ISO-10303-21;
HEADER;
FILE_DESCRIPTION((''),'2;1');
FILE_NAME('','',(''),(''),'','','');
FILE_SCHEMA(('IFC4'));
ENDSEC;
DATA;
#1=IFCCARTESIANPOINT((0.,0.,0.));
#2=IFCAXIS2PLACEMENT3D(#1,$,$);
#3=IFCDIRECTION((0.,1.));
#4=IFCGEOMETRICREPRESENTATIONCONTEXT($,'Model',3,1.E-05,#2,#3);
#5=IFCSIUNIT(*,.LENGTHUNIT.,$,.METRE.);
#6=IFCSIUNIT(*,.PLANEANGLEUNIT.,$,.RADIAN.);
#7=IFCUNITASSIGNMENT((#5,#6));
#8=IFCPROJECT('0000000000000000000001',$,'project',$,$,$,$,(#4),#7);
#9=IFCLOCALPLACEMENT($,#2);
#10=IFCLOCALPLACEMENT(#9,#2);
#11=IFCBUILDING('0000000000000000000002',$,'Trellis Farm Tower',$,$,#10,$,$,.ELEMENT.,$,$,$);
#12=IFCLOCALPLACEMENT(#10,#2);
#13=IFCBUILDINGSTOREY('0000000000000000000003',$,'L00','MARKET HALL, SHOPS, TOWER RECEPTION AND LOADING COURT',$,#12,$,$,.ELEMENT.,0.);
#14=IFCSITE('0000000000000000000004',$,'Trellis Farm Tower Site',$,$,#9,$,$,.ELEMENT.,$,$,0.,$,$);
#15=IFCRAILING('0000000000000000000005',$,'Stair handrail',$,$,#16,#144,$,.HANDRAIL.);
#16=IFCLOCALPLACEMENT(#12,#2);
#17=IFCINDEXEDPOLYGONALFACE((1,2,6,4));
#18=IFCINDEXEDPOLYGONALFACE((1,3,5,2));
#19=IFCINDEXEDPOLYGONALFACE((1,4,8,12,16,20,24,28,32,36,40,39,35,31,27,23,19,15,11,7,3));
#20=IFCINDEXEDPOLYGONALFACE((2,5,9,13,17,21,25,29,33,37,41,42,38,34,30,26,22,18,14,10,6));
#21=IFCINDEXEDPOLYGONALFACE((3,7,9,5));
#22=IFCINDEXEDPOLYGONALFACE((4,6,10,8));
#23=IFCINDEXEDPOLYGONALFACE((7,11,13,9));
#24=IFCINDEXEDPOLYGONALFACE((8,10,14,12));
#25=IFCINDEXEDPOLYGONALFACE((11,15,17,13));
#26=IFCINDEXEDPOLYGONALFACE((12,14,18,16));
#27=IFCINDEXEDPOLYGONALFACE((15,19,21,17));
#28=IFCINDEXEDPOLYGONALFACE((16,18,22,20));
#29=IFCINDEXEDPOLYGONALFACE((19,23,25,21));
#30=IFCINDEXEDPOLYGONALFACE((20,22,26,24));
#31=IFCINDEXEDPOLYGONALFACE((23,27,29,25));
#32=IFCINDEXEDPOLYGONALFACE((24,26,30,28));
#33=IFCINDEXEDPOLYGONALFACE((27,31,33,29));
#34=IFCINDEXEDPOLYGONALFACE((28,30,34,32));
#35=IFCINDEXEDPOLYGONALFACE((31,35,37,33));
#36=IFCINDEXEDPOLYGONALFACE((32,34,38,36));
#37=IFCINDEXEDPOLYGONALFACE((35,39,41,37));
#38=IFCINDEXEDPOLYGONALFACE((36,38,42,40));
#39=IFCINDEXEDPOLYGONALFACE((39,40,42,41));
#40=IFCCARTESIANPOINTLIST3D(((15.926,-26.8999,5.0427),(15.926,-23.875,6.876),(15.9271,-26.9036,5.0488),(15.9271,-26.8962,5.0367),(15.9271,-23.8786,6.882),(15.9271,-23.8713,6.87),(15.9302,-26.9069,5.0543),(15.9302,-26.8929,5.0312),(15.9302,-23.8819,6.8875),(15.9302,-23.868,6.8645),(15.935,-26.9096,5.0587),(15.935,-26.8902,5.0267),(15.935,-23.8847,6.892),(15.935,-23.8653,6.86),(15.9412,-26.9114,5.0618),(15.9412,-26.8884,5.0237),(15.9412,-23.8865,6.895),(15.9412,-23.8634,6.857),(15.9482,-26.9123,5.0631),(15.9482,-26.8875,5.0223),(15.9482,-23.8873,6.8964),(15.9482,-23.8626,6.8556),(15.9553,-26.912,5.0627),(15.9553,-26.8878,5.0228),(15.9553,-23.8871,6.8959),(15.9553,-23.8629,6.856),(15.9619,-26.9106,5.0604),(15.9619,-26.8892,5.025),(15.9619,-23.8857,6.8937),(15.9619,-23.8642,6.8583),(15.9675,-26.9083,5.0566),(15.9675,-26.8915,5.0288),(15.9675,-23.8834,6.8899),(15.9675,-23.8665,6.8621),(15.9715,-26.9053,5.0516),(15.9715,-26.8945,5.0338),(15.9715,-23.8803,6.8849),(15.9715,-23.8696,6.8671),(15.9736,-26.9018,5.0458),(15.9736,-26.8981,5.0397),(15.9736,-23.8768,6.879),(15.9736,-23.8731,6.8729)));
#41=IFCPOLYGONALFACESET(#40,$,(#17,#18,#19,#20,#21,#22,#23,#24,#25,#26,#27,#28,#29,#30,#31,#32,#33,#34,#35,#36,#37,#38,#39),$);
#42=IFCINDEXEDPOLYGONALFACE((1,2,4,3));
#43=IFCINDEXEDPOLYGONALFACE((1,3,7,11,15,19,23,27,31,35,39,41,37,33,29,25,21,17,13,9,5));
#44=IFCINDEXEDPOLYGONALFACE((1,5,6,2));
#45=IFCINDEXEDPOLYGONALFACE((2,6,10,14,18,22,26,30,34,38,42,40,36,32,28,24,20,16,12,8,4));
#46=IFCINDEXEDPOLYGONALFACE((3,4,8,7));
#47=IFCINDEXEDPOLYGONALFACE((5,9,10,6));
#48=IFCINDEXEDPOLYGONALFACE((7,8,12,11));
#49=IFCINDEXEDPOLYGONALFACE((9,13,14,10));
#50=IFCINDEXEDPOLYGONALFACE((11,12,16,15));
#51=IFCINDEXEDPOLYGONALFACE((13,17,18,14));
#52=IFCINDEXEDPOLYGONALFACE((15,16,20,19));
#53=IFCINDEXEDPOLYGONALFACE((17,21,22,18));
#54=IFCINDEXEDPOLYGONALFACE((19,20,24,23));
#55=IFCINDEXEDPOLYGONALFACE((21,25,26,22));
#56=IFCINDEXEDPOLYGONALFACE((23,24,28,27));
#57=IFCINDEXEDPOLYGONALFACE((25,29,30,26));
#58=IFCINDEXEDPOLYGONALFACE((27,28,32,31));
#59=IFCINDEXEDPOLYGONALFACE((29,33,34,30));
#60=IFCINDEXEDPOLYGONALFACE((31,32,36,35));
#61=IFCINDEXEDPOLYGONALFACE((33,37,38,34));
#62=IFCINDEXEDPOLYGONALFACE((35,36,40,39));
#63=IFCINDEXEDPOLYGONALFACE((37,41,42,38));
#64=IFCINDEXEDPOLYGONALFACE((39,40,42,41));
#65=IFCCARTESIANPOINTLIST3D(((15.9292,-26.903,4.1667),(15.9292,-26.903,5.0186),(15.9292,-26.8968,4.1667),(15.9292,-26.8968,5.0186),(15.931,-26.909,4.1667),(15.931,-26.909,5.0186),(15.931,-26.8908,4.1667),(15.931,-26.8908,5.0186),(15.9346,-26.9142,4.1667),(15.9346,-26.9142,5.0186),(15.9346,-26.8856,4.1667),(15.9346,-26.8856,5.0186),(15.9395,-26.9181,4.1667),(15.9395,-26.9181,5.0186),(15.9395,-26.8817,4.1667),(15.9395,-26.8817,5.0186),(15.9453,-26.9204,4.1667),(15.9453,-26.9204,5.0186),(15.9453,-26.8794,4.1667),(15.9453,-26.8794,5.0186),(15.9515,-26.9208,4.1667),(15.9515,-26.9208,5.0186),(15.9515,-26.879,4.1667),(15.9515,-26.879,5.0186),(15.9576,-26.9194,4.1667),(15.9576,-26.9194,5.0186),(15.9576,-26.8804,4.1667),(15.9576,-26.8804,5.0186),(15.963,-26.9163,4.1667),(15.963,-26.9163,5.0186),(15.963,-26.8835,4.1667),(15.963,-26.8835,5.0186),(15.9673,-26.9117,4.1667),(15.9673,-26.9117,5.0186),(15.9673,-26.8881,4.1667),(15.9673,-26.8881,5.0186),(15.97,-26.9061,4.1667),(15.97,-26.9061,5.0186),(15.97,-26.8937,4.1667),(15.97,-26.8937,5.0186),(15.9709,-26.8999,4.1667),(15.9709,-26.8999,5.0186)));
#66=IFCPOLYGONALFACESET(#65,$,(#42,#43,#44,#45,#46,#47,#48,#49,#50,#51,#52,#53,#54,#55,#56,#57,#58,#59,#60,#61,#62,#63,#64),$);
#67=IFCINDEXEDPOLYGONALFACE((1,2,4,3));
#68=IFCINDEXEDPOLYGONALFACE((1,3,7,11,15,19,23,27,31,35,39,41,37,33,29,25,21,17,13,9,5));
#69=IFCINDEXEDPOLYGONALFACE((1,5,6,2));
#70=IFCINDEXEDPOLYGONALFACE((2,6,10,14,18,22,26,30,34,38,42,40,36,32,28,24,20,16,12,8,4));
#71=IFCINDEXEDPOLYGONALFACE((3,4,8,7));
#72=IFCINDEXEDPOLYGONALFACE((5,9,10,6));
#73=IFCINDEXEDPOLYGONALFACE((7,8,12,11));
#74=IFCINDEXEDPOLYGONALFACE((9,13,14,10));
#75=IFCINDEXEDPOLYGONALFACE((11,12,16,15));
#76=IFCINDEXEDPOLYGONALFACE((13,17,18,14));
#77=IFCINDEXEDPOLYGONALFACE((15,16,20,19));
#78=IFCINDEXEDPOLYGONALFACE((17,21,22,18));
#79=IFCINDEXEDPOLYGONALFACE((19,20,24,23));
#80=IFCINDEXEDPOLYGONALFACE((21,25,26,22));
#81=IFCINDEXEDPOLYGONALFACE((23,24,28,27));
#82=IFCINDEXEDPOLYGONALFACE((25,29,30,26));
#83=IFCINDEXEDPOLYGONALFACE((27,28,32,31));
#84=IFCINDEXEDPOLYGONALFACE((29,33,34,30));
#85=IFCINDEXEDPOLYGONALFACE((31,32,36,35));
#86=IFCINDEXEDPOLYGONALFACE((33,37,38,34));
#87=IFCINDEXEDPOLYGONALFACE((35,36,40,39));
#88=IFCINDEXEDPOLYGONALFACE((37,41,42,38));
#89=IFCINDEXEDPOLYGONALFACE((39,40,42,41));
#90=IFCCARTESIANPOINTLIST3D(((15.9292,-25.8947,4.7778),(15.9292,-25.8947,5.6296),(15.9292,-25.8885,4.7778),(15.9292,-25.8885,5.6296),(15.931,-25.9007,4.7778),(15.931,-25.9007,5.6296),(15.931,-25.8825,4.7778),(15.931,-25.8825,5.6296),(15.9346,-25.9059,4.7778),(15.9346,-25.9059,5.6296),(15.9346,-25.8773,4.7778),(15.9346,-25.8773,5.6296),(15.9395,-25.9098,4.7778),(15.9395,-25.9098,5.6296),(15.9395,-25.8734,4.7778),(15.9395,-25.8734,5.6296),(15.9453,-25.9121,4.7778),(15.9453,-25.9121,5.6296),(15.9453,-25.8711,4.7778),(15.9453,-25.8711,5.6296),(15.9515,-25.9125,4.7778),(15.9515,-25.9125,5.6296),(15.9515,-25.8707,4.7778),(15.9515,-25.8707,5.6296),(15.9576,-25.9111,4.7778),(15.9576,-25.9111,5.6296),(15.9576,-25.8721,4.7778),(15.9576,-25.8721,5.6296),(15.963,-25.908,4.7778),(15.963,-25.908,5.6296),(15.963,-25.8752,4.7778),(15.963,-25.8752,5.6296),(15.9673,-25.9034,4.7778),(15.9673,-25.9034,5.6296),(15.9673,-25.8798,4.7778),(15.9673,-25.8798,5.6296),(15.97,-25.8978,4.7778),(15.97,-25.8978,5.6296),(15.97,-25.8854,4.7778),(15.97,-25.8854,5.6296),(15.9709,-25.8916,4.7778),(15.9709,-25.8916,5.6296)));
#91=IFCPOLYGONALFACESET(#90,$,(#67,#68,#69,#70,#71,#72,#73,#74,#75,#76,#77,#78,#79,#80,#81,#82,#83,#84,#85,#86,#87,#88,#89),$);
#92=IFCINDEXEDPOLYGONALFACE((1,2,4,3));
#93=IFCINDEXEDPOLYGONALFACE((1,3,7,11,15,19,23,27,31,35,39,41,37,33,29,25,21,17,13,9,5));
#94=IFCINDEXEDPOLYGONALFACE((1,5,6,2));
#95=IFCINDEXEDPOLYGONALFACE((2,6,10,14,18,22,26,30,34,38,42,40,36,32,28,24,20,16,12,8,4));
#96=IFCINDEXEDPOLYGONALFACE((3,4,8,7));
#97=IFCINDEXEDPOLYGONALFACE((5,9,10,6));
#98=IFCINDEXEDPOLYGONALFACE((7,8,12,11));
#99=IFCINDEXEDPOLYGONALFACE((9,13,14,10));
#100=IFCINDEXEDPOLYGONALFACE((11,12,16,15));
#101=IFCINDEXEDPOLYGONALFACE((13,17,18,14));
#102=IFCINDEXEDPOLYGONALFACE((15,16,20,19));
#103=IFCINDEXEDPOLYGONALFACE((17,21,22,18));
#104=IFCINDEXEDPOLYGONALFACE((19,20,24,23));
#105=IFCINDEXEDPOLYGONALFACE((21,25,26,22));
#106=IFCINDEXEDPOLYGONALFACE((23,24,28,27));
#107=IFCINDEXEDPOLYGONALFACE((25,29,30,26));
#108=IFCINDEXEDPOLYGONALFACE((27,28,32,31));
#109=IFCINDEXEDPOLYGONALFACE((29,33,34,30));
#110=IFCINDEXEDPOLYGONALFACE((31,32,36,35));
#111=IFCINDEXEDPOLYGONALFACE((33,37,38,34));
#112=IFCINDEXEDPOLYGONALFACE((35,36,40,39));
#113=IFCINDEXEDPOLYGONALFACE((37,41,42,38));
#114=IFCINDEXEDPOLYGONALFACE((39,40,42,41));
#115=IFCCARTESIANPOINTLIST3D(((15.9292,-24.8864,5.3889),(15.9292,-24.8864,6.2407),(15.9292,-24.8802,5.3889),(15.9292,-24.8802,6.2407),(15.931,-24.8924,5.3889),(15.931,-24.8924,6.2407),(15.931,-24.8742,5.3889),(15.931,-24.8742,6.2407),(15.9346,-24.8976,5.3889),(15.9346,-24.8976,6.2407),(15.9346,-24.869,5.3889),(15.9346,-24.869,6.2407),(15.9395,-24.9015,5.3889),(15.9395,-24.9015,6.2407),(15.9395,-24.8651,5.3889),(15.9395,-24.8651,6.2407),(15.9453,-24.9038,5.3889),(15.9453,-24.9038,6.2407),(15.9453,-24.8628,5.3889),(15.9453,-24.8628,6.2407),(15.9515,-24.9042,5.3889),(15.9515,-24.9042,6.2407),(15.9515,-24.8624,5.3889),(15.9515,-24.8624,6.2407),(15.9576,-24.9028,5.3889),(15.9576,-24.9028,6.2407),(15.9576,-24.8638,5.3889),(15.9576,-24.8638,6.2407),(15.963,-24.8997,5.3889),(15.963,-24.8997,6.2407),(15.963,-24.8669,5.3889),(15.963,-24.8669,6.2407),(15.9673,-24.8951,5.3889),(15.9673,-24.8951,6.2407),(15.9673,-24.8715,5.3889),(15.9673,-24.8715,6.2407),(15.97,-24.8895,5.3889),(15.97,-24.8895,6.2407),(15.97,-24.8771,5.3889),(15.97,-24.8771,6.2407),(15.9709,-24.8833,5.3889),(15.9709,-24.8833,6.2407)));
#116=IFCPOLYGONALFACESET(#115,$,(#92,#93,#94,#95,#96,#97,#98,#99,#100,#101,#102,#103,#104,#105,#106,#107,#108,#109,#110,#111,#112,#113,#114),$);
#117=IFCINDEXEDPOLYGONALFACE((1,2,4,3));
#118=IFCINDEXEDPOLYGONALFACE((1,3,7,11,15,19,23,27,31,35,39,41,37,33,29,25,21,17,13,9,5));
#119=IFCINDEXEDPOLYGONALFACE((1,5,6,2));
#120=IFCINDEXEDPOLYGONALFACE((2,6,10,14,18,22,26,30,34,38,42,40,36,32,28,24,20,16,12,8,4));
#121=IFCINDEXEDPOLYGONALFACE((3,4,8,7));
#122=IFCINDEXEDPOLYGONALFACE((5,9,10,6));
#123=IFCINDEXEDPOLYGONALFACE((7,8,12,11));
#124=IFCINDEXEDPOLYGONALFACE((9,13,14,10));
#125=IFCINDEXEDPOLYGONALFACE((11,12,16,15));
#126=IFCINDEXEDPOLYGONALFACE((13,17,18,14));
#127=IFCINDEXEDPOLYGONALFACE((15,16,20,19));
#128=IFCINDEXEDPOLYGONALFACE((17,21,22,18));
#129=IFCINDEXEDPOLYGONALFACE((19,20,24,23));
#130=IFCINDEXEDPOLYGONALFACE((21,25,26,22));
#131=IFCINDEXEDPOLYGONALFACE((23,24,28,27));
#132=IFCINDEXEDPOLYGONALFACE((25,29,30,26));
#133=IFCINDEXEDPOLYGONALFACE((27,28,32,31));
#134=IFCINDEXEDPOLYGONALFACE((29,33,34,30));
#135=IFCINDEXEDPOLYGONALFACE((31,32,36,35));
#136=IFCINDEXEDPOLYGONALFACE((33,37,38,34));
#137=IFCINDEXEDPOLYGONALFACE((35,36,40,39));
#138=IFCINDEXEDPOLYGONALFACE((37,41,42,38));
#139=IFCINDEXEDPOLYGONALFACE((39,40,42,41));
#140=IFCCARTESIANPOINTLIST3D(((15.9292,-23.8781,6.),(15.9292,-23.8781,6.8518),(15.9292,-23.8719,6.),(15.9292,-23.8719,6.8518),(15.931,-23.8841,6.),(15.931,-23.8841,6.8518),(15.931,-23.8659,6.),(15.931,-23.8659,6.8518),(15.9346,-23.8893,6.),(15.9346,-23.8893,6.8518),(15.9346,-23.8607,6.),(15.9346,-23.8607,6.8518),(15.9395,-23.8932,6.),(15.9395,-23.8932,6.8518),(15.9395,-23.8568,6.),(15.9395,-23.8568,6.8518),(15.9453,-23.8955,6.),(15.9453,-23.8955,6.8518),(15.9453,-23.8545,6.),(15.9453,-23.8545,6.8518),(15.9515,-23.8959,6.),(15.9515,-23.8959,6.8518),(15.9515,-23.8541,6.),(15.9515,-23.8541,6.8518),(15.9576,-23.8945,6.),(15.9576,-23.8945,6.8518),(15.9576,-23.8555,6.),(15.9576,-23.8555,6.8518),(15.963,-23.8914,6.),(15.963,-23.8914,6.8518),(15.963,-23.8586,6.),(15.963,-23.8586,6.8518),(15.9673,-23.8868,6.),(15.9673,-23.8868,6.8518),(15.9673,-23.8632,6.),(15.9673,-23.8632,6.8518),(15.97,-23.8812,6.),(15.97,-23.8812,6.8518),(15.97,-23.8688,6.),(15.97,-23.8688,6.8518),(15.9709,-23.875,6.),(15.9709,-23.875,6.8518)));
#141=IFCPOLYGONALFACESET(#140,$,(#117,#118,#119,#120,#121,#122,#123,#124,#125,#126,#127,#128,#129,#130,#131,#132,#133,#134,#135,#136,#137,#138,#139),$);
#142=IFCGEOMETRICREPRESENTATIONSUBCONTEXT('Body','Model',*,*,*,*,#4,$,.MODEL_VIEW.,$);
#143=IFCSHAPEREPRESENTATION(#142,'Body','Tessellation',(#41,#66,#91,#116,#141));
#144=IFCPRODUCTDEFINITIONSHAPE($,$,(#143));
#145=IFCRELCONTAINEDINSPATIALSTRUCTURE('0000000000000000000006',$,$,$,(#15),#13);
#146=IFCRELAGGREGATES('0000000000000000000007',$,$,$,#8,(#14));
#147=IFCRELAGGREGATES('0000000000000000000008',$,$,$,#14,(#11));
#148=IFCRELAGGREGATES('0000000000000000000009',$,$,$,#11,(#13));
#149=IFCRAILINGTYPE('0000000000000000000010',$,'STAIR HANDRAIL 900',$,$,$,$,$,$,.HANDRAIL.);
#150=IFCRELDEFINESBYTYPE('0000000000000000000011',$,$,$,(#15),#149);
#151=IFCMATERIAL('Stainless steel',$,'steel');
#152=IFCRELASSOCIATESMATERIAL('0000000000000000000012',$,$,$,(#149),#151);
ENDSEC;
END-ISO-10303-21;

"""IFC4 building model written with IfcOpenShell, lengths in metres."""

from ifc_helpers import new_model, si_unit, direction, frame, origin, origin_2d, place, context, subcontext, project, spatial, circle, extrude, source, transform, mapped, material, type_object, element, save


model = new_model("IFC4")

# Units and contexts
model_context = context("Model", 3, precision=1e-05, world=origin(), true_north=direction((0.0, 1.0)))
body_context = subcontext(model_context, "Body", "Model", "MODEL_VIEW")
ifc_project = project(units=[si_unit("LENGTHUNIT", "METRE"), si_unit("PLANEANGLEUNIT", "RADIAN")], contexts=[model_context])

# Site, building, storey
site_placement = place(None, origin())
site = spatial("IfcSite", under=ifc_project, at=site_placement, Name="Trellis Farm Tower Site", CompositionType="ELEMENT", RefElevation=0.0)
building_placement = place(site_placement, origin())
building = spatial("IfcBuilding", under=site, at=building_placement, Name="Trellis Farm Tower", CompositionType="ELEMENT")
storey_placement = place(building_placement, origin())
storey = spatial("IfcBuildingStorey", under=building, at=storey_placement, Name="L00", Description="MARKET HALL, SHOPS, TOWER RECEPTION AND LOADING COURT", CompositionType="ELEMENT", Elevation=0.0)

# Railing
ifc_material_1 = material(Name="Stainless steel", Category="steel")
railing_type = type_object("IfcRailingType", Name="STAIR HANDRAIL 900", PredefinedType="HANDRAIL", material=ifc_material_1)
shared_shape_1 = source(origin(), body_context, "Body", "SweptSolid", [
    extrude(circle(Radius=0.0239, at=origin_2d()), frame((0.0, 0.0, 0.876), z_axis=(0.0, 0.855201, 0.518297), x_axis=(-1.0, 0.0, 0.0)), (0.0, 0.0, 1.0), 3.5371),
    extrude(circle(Radius=0.021, at=origin_2d()), origin(), (0.0, 0.0, 1.0), 0.8518),
    extrude(circle(Radius=0.021, at=origin_2d()), frame((0.0, 1.0083, 0.6111)), (0.0, 0.0, 1.0), 0.8518),
    extrude(circle(Radius=0.021, at=origin_2d()), frame((0.0, 2.0166, 1.2222)), (0.0, 0.0, 1.0), 0.8518),
    extrude(circle(Radius=0.021, at=origin_2d()), frame((0.0, 3.0249, 1.8333)), (0.0, 0.0, 1.0), 0.8518),
])
for number, where, name in (
    (1, (15.95, -26.8999, 4.1667), "Stair handrail"),
):
    element("IfcRailing", number, at=place(storey_placement, frame(where)), inside=storey, type_object=railing_type, Name=name, PredefinedType="HANDRAIL", context=body_context, shape_type="MappedRepresentation", body=[
        mapped(shared_shape_1, transform((0.0, 0.0, 0.0))),
    ])

save(model, "model.ifc")
